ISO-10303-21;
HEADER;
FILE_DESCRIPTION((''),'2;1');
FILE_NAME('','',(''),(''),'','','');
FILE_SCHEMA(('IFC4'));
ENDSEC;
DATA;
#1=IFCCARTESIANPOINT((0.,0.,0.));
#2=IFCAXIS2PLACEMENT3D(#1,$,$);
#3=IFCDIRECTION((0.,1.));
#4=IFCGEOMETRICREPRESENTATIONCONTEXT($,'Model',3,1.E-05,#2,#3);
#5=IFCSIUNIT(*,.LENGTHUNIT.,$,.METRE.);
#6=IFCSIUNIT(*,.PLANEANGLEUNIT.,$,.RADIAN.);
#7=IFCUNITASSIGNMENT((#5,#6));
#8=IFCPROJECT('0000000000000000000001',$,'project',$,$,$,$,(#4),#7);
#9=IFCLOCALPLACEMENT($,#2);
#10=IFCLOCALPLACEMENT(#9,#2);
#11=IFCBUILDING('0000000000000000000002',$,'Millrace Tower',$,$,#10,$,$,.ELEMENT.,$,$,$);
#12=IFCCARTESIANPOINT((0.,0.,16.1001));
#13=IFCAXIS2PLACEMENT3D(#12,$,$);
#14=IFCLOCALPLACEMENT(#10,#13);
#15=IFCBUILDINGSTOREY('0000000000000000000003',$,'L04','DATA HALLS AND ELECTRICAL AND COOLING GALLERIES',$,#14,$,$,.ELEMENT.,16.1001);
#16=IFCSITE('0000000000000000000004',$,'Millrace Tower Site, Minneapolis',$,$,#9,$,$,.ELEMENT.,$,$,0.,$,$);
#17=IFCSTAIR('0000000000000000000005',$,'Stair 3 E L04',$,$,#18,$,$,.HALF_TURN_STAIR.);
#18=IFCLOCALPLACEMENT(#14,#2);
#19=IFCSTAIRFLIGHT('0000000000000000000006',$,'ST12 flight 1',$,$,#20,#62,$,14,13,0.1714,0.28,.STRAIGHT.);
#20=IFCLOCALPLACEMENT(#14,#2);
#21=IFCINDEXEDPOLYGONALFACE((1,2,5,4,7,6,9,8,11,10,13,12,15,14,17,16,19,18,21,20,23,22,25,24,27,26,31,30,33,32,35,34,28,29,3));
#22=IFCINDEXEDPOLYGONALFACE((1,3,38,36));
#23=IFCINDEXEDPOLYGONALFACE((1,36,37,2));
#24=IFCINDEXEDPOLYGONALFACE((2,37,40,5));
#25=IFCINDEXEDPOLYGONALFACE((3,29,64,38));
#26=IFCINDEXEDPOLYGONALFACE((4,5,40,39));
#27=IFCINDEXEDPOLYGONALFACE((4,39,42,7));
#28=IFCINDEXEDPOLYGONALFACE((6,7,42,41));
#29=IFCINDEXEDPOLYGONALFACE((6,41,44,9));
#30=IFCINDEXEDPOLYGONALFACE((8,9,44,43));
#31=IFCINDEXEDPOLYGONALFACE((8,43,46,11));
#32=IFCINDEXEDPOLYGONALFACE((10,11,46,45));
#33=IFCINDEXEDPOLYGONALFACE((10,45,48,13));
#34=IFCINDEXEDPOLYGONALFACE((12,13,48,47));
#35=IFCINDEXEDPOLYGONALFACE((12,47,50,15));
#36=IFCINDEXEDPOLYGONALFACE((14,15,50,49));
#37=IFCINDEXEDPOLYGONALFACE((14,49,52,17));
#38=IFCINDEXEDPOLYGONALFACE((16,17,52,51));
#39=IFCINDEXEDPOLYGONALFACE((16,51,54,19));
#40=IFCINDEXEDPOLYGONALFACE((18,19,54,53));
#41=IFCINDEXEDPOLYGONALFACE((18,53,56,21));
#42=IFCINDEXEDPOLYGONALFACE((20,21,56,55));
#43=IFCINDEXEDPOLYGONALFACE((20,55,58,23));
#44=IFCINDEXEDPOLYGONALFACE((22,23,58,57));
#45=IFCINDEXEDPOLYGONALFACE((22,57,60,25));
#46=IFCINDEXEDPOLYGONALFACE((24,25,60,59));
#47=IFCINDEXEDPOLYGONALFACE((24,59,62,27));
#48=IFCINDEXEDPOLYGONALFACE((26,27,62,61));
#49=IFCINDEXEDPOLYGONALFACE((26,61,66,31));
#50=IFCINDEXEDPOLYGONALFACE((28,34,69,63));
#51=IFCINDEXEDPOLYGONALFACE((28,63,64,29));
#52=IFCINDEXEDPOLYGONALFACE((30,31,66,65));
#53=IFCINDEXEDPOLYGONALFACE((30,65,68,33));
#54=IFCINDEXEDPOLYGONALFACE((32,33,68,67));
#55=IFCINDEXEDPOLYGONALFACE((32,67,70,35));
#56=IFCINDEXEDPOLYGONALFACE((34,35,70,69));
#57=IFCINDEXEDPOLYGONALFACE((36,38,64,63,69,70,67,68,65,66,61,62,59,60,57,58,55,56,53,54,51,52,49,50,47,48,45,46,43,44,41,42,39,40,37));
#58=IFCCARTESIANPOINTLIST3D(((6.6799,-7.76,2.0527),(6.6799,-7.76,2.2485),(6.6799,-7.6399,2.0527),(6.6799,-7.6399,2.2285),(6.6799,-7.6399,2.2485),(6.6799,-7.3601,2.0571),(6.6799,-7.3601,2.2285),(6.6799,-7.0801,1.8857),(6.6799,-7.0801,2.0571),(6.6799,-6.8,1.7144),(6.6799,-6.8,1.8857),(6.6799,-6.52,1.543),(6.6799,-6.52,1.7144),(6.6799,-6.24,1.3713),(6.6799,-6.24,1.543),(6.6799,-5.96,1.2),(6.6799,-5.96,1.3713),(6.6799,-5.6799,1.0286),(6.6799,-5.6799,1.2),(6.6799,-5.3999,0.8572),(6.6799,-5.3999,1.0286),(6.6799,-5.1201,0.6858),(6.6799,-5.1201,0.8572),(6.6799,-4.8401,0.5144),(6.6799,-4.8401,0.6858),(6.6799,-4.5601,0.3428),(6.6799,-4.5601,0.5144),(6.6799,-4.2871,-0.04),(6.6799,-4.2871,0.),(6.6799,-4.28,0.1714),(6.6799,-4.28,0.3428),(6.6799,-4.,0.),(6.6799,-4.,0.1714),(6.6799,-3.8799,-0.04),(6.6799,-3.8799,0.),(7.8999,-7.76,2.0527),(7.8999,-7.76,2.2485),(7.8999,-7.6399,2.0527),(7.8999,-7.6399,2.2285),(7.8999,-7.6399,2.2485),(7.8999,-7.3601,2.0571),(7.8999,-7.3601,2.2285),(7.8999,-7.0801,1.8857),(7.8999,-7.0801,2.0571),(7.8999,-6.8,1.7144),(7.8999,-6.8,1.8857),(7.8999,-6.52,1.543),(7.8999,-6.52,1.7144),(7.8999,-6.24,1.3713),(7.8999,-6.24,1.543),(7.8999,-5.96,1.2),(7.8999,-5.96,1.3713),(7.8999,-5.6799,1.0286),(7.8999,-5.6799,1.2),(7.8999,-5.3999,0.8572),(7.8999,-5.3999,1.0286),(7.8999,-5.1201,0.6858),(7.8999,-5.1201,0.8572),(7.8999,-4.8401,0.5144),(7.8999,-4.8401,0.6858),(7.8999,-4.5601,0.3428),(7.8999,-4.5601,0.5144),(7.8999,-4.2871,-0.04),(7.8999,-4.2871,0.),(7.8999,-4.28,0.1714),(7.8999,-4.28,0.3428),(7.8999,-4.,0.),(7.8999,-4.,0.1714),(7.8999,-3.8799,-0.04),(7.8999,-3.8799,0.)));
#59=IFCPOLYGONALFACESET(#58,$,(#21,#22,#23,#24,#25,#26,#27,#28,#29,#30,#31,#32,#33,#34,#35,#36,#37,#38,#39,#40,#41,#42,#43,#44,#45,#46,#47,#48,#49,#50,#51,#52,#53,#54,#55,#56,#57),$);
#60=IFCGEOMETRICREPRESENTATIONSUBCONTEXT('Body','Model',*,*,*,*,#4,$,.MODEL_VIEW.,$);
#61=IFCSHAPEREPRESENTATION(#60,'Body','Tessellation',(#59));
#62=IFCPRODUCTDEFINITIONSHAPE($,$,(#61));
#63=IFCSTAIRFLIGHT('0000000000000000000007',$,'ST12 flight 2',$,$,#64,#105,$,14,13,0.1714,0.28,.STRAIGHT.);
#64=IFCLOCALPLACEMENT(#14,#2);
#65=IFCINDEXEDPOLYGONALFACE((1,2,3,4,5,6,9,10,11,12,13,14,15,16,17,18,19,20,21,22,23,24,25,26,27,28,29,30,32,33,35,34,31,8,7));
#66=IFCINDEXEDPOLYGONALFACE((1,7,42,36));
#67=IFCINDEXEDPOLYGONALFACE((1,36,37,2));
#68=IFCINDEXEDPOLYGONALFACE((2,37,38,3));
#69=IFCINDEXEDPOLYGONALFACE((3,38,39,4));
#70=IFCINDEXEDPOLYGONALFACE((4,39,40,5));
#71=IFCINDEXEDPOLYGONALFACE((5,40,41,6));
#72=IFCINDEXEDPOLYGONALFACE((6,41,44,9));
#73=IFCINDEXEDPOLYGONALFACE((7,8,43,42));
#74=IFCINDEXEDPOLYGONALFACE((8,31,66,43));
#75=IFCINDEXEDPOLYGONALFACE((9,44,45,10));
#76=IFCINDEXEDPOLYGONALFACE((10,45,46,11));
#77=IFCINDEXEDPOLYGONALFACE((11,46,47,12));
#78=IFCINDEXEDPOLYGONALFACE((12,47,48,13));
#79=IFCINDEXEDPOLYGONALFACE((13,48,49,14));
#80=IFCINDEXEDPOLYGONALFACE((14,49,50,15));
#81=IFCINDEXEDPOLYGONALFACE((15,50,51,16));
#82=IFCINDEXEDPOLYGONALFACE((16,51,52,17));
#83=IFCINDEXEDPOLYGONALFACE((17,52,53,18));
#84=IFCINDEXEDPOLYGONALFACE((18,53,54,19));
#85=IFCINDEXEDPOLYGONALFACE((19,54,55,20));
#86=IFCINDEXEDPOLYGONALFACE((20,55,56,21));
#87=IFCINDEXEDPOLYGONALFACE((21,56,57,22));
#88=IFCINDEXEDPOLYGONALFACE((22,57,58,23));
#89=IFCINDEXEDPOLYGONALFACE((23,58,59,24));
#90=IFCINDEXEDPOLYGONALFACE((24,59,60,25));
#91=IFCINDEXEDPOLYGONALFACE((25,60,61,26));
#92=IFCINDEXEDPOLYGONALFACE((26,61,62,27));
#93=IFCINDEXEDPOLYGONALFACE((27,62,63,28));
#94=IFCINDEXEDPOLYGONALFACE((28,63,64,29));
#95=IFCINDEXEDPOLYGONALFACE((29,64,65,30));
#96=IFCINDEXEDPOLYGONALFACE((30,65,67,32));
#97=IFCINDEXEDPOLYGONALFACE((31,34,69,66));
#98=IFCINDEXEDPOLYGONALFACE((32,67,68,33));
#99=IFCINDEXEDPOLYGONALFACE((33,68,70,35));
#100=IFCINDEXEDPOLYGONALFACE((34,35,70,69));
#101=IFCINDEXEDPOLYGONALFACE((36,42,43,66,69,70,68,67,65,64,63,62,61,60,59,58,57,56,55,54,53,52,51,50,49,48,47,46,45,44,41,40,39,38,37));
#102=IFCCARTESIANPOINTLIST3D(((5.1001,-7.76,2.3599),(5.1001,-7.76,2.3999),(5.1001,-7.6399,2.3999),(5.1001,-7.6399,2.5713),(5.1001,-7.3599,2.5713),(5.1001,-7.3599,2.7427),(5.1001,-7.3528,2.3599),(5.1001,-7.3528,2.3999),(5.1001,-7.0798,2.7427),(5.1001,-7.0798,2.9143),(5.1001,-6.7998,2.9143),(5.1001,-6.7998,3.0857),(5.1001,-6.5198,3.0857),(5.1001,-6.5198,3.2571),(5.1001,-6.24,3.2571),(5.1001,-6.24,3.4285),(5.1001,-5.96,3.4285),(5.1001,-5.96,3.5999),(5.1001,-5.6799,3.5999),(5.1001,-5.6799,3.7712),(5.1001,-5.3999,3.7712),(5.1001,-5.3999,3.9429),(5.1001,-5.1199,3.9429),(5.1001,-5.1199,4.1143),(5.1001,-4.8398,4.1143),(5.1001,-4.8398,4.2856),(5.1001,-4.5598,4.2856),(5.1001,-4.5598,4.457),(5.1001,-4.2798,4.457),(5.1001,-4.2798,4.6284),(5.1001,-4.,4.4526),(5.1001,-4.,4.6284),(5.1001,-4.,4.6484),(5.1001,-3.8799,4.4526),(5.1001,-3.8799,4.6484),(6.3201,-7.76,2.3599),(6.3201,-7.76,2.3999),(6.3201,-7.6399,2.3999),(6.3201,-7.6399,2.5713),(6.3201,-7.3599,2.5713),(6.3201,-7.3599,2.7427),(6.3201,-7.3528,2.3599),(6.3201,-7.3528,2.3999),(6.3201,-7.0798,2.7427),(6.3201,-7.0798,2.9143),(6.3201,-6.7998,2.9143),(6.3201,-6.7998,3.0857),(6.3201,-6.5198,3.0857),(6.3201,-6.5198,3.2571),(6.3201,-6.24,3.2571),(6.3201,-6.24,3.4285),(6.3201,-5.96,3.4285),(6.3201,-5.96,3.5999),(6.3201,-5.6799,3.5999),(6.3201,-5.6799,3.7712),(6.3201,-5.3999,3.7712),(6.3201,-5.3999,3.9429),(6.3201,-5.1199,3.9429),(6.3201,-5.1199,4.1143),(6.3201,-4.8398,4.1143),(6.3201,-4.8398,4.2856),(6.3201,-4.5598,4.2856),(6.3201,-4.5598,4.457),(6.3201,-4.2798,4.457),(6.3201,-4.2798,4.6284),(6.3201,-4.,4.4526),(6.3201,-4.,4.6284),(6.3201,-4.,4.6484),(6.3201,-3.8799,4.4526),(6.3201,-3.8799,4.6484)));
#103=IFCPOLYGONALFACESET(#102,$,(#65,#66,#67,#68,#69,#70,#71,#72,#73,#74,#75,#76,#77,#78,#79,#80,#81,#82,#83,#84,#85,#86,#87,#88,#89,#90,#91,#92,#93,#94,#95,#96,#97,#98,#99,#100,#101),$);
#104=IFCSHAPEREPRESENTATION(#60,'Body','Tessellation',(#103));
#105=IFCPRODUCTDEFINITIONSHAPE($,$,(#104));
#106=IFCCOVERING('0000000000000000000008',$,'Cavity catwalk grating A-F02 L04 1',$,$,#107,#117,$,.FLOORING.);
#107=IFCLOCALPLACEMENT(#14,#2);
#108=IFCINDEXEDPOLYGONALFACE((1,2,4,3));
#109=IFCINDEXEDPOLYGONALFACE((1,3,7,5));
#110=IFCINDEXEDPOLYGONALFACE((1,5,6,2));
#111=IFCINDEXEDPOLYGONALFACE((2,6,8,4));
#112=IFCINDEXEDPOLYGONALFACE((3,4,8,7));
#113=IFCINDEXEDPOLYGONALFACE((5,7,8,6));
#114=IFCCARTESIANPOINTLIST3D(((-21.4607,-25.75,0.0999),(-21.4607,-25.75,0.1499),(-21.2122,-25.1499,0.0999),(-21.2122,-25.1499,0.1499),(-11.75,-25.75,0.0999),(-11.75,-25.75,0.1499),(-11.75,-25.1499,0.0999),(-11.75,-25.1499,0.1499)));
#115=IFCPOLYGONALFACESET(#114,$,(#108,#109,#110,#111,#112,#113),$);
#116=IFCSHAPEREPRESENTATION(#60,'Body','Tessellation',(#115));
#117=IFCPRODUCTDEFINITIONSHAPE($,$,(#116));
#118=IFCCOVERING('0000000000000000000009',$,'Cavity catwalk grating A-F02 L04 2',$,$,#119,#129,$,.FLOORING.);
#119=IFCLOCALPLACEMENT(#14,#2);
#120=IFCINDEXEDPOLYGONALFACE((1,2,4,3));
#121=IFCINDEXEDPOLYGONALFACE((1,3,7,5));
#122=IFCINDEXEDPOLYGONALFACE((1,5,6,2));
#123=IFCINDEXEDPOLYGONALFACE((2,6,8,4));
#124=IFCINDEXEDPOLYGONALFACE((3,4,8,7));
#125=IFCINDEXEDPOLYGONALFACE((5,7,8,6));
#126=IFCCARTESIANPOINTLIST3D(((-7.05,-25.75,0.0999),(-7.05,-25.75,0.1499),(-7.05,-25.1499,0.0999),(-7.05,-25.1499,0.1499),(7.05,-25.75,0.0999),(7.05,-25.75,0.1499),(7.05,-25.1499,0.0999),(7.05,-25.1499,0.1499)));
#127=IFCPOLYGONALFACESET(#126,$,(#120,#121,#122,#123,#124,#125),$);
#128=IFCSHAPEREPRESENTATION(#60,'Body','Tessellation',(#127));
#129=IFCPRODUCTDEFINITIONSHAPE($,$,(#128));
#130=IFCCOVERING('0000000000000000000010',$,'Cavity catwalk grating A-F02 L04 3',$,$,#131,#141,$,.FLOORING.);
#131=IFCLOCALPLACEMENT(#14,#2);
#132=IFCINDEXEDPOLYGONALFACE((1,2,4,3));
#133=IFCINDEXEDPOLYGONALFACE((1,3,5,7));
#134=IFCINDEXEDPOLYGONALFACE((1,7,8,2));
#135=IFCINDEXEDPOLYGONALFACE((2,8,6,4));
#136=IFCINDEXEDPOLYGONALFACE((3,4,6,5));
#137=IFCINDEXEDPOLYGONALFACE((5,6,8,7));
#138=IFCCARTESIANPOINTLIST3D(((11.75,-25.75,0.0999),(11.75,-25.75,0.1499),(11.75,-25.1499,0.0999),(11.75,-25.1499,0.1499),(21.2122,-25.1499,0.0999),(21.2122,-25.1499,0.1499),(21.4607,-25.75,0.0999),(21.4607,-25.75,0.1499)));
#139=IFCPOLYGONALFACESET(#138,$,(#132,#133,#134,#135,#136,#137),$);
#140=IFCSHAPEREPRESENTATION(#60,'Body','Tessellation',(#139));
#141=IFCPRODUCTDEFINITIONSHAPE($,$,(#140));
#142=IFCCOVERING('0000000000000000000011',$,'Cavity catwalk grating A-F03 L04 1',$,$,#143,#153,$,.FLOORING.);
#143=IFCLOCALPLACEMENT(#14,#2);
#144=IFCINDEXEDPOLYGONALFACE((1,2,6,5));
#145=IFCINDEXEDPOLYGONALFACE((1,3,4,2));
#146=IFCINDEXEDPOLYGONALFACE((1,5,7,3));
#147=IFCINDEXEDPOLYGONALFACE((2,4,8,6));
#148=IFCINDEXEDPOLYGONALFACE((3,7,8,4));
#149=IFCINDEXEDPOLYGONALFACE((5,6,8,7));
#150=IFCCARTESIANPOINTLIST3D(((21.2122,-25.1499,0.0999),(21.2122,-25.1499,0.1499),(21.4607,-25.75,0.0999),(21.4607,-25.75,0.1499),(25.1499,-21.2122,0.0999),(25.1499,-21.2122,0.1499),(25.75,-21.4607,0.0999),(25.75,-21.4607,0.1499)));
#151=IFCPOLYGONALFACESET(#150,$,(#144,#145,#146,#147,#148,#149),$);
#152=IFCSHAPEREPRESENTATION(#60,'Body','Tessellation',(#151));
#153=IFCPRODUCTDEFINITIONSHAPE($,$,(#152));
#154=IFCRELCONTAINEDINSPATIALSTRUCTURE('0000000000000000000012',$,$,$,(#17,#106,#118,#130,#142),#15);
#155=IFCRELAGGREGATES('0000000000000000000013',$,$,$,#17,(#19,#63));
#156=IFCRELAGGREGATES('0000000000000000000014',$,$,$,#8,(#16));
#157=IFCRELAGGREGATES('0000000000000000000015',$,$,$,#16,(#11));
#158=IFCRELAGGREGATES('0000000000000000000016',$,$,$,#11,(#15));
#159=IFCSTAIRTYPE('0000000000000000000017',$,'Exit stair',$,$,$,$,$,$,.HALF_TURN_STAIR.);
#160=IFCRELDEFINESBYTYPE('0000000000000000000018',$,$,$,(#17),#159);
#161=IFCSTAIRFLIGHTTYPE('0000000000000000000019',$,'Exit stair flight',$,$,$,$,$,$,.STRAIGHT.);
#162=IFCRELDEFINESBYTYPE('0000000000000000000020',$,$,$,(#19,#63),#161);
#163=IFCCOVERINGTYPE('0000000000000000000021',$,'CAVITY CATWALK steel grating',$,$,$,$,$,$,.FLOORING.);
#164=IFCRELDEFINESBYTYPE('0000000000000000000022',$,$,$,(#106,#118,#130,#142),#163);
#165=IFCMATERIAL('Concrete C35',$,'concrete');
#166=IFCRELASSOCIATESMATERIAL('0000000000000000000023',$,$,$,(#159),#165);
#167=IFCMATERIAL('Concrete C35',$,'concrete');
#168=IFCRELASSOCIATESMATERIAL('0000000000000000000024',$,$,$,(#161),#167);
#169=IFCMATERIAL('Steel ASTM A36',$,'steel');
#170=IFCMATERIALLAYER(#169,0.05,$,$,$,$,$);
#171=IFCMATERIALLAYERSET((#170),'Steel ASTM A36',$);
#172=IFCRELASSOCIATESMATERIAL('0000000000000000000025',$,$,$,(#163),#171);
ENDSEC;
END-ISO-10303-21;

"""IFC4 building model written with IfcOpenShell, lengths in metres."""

from ifc_helpers import new_model, si_unit, direction, frame, origin, place, context, subcontext, project, spatial, polyline, outline, extrude, material, layer, layer_set, type_object, element, aggregate, save


model = new_model("IFC4")

# Units and contexts
model_context = context("Model", 3, precision=1e-05, world=origin(), true_north=direction((0.0, 1.0)))
body_context = subcontext(model_context, "Body", "Model", "MODEL_VIEW")
ifc_project = project(units=[si_unit("LENGTHUNIT", "METRE"), si_unit("PLANEANGLEUNIT", "RADIAN")], contexts=[model_context])

# Site, building, storey
site_placement = place(None, origin())
site = spatial("IfcSite", under=ifc_project, at=site_placement, Name="Millrace Tower Site, Minneapolis", CompositionType="ELEMENT", RefElevation=0.0)
building_placement = place(site_placement, origin())
building = spatial("IfcBuilding", under=site, at=building_placement, Name="Millrace Tower", CompositionType="ELEMENT")
storey_placement = place(building_placement, frame((0.0, 0.0, 16.1001)))
storey = spatial("IfcBuildingStorey", under=building, at=storey_placement, Name="L04", Description="DATA HALLS AND ELECTRICAL AND COOLING GALLERIES", CompositionType="ELEMENT", Elevation=16.1001)

# Shared definitions
placement_1 = place(storey_placement, origin())

# Shared definitions
ifc_material_1 = material(Name="Concrete C35", Category="concrete")
stair_type = type_object("IfcStairType", Name="Exit stair", PredefinedType="HALF_TURN_STAIR", material=ifc_material_1)
ifc_material_2 = material(Name="Concrete C35", Category="concrete")
stair_flight_type = type_object("IfcStairFlightType", Name="Exit stair flight", PredefinedType="STRAIGHT", material=ifc_material_2)

# Stair, stair flights
stair_1 = element("IfcStair", 1, at=placement_1, inside=storey, type_object=stair_type, Name="Stair 3 E L04", PredefinedType="HALF_TURN_STAIR")
stair_flight_1_placement = place(storey_placement, frame((7.29, -4.0, 0.0), z_axis=(0.0, 0.0, 1.0), x_axis=(0.0, -1.0, 0.0)))
stair_flight_1 = element("IfcStairFlight", 2, at=stair_flight_1_placement, type_object=stair_flight_type, Name="ST12 flight 1", NumberOfRisers=14, NumberOfTreads=13, PredefinedType="STRAIGHT", RiserHeight=0.1714, TreadLength=0.28, context=body_context, shape_type="SweptSolid", body=[
    extrude(outline(polyline([(-0.1201, -0.04), (-0.1201, 0.0), (0.0, 0.0), (0.0, 0.1714), (0.28, 0.1714), (0.28, 0.3428), (0.5601, 0.3428), (0.5601, 0.5144), (0.8401, 0.5144), (0.8401, 0.6858), (1.1201, 0.6858), (1.1201, 0.8572), (1.3999, 0.8572), (1.3999, 1.0286), (1.6799, 1.0286), (1.6799, 1.2), (1.96, 1.2), (1.96, 1.3713), (2.24, 1.3713), (2.24, 1.543), (2.52, 1.543), (2.52, 1.7144), (2.8, 1.7144), (2.8, 1.8857), (3.0801, 1.8857), (3.0801, 2.0571), (3.3601, 2.0571), (3.3601, 2.2285), (3.6399, 2.2285), (3.6399, 2.2485), (3.76, 2.2485), (3.76, 2.0527), (3.6399, 2.0527), (0.2871, 0.0), (0.2871, -0.04), (-0.1201, -0.04)])), frame((0.0, 0.6099, 0.0), z_axis=(0.0, -1.0, 0.0), x_axis=(1.0, 0.0, 0.0)), (0.0, 0.0, 1.0), 1.22),
])
stair_flight_2_placement = place(storey_placement, frame((5.71, -7.6399, 2.3999), z_axis=(0.0, 0.0, 1.0), x_axis=(0.0, 1.0, 0.0)))
stair_flight_2 = element("IfcStairFlight", 3, at=stair_flight_2_placement, type_object=stair_flight_type, Name="ST12 flight 2", NumberOfRisers=14, NumberOfTreads=13, PredefinedType="STRAIGHT", RiserHeight=0.1714, TreadLength=0.28, context=body_context, shape_type="SweptSolid", body=[
    extrude(outline(polyline([(-0.1201, -0.04), (-0.1201, 0.0), (0.0, 0.0), (0.0, 0.1714), (0.28, 0.1714), (0.28, 0.3428), (0.5601, 0.3428), (0.5601, 0.5144), (0.8401, 0.5144), (0.8401, 0.6858), (1.1201, 0.6858), (1.1201, 0.8572), (1.3999, 0.8572), (1.3999, 1.0286), (1.6799, 1.0286), (1.6799, 1.2), (1.96, 1.2), (1.96, 1.3713), (2.24, 1.3713), (2.24, 1.543), (2.52, 1.543), (2.52, 1.7144), (2.8, 1.7144), (2.8, 1.8857), (3.0801, 1.8857), (3.0801, 2.0571), (3.3601, 2.0571), (3.3601, 2.2285), (3.6399, 2.2285), (3.6399, 2.2485), (3.76, 2.2485), (3.76, 2.0527), (3.6399, 2.0527), (0.2871, 0.0), (0.2871, -0.04), (-0.1201, -0.04)])), frame((0.0, 0.6099, 0.0), z_axis=(0.0, -1.0, 0.0), x_axis=(1.0, 0.0, 0.0)), (0.0, 0.0, 1.0), 1.22),
])
aggregate(stair_1, [stair_flight_1, stair_flight_2])

# Coverings
ifc_material_3 = material(Name="Steel ASTM A36", Category="steel")
ifc_layer_1 = layer(ifc_material_3, 0.05)
ifc_layer_set_1 = layer_set([ifc_layer_1], Name="Steel ASTM A36")
covering_type = type_object("IfcCoveringType", Name="CAVITY CATWALK steel grating", PredefinedType="FLOORING", material=ifc_layer_set_1)
placement_2 = place(storey_placement, frame((0.0, 0.0, 0.0999)))
element("IfcCovering", 4, at=placement_2, inside=storey, type_object=covering_type, Name="Cavity catwalk grating A-F02 L04 1", PredefinedType="FLOORING", context=body_context, shape_type="SweptSolid", body=[
    extrude(outline(polyline([(-21.4607, -25.75), (-11.75, -25.75), (-11.75, -25.1499), (-21.2122, -25.1499), (-21.4607, -25.75)])), origin(), (0.0, 0.0, 1.0), 0.05),
])
element("IfcCovering", 5, at=placement_2, inside=storey, type_object=covering_type, Name="Cavity catwalk grating A-F02 L04 2", PredefinedType="FLOORING", context=body_context, shape_type="SweptSolid", body=[
    extrude(outline(polyline([(-7.05, -25.75), (7.05, -25.75), (7.05, -25.1499), (-7.05, -25.1499), (-7.05, -25.75)])), origin(), (0.0, 0.0, 1.0), 0.05),
])
element("IfcCovering", 6, at=placement_2, inside=storey, type_object=covering_type, Name="Cavity catwalk grating A-F02 L04 3", PredefinedType="FLOORING", context=body_context, shape_type="SweptSolid", body=[
    extrude(outline(polyline([(11.75, -25.75), (21.4607, -25.75), (21.2122, -25.1499), (11.75, -25.1499), (11.75, -25.75)])), origin(), (0.0, 0.0, 1.0), 0.05),
])
element("IfcCovering", 7, at=placement_2, inside=storey, type_object=covering_type, Name="Cavity catwalk grating A-F03 L04 1", PredefinedType="FLOORING", context=body_context, shape_type="SweptSolid", body=[
    extrude(outline(polyline([(21.4607, -25.75), (25.75, -21.4607), (25.1499, -21.2122), (21.2122, -25.1499), (21.4607, -25.75)])), origin(), (0.0, 0.0, 1.0), 0.05),
])

save(model, "model.ifc")
